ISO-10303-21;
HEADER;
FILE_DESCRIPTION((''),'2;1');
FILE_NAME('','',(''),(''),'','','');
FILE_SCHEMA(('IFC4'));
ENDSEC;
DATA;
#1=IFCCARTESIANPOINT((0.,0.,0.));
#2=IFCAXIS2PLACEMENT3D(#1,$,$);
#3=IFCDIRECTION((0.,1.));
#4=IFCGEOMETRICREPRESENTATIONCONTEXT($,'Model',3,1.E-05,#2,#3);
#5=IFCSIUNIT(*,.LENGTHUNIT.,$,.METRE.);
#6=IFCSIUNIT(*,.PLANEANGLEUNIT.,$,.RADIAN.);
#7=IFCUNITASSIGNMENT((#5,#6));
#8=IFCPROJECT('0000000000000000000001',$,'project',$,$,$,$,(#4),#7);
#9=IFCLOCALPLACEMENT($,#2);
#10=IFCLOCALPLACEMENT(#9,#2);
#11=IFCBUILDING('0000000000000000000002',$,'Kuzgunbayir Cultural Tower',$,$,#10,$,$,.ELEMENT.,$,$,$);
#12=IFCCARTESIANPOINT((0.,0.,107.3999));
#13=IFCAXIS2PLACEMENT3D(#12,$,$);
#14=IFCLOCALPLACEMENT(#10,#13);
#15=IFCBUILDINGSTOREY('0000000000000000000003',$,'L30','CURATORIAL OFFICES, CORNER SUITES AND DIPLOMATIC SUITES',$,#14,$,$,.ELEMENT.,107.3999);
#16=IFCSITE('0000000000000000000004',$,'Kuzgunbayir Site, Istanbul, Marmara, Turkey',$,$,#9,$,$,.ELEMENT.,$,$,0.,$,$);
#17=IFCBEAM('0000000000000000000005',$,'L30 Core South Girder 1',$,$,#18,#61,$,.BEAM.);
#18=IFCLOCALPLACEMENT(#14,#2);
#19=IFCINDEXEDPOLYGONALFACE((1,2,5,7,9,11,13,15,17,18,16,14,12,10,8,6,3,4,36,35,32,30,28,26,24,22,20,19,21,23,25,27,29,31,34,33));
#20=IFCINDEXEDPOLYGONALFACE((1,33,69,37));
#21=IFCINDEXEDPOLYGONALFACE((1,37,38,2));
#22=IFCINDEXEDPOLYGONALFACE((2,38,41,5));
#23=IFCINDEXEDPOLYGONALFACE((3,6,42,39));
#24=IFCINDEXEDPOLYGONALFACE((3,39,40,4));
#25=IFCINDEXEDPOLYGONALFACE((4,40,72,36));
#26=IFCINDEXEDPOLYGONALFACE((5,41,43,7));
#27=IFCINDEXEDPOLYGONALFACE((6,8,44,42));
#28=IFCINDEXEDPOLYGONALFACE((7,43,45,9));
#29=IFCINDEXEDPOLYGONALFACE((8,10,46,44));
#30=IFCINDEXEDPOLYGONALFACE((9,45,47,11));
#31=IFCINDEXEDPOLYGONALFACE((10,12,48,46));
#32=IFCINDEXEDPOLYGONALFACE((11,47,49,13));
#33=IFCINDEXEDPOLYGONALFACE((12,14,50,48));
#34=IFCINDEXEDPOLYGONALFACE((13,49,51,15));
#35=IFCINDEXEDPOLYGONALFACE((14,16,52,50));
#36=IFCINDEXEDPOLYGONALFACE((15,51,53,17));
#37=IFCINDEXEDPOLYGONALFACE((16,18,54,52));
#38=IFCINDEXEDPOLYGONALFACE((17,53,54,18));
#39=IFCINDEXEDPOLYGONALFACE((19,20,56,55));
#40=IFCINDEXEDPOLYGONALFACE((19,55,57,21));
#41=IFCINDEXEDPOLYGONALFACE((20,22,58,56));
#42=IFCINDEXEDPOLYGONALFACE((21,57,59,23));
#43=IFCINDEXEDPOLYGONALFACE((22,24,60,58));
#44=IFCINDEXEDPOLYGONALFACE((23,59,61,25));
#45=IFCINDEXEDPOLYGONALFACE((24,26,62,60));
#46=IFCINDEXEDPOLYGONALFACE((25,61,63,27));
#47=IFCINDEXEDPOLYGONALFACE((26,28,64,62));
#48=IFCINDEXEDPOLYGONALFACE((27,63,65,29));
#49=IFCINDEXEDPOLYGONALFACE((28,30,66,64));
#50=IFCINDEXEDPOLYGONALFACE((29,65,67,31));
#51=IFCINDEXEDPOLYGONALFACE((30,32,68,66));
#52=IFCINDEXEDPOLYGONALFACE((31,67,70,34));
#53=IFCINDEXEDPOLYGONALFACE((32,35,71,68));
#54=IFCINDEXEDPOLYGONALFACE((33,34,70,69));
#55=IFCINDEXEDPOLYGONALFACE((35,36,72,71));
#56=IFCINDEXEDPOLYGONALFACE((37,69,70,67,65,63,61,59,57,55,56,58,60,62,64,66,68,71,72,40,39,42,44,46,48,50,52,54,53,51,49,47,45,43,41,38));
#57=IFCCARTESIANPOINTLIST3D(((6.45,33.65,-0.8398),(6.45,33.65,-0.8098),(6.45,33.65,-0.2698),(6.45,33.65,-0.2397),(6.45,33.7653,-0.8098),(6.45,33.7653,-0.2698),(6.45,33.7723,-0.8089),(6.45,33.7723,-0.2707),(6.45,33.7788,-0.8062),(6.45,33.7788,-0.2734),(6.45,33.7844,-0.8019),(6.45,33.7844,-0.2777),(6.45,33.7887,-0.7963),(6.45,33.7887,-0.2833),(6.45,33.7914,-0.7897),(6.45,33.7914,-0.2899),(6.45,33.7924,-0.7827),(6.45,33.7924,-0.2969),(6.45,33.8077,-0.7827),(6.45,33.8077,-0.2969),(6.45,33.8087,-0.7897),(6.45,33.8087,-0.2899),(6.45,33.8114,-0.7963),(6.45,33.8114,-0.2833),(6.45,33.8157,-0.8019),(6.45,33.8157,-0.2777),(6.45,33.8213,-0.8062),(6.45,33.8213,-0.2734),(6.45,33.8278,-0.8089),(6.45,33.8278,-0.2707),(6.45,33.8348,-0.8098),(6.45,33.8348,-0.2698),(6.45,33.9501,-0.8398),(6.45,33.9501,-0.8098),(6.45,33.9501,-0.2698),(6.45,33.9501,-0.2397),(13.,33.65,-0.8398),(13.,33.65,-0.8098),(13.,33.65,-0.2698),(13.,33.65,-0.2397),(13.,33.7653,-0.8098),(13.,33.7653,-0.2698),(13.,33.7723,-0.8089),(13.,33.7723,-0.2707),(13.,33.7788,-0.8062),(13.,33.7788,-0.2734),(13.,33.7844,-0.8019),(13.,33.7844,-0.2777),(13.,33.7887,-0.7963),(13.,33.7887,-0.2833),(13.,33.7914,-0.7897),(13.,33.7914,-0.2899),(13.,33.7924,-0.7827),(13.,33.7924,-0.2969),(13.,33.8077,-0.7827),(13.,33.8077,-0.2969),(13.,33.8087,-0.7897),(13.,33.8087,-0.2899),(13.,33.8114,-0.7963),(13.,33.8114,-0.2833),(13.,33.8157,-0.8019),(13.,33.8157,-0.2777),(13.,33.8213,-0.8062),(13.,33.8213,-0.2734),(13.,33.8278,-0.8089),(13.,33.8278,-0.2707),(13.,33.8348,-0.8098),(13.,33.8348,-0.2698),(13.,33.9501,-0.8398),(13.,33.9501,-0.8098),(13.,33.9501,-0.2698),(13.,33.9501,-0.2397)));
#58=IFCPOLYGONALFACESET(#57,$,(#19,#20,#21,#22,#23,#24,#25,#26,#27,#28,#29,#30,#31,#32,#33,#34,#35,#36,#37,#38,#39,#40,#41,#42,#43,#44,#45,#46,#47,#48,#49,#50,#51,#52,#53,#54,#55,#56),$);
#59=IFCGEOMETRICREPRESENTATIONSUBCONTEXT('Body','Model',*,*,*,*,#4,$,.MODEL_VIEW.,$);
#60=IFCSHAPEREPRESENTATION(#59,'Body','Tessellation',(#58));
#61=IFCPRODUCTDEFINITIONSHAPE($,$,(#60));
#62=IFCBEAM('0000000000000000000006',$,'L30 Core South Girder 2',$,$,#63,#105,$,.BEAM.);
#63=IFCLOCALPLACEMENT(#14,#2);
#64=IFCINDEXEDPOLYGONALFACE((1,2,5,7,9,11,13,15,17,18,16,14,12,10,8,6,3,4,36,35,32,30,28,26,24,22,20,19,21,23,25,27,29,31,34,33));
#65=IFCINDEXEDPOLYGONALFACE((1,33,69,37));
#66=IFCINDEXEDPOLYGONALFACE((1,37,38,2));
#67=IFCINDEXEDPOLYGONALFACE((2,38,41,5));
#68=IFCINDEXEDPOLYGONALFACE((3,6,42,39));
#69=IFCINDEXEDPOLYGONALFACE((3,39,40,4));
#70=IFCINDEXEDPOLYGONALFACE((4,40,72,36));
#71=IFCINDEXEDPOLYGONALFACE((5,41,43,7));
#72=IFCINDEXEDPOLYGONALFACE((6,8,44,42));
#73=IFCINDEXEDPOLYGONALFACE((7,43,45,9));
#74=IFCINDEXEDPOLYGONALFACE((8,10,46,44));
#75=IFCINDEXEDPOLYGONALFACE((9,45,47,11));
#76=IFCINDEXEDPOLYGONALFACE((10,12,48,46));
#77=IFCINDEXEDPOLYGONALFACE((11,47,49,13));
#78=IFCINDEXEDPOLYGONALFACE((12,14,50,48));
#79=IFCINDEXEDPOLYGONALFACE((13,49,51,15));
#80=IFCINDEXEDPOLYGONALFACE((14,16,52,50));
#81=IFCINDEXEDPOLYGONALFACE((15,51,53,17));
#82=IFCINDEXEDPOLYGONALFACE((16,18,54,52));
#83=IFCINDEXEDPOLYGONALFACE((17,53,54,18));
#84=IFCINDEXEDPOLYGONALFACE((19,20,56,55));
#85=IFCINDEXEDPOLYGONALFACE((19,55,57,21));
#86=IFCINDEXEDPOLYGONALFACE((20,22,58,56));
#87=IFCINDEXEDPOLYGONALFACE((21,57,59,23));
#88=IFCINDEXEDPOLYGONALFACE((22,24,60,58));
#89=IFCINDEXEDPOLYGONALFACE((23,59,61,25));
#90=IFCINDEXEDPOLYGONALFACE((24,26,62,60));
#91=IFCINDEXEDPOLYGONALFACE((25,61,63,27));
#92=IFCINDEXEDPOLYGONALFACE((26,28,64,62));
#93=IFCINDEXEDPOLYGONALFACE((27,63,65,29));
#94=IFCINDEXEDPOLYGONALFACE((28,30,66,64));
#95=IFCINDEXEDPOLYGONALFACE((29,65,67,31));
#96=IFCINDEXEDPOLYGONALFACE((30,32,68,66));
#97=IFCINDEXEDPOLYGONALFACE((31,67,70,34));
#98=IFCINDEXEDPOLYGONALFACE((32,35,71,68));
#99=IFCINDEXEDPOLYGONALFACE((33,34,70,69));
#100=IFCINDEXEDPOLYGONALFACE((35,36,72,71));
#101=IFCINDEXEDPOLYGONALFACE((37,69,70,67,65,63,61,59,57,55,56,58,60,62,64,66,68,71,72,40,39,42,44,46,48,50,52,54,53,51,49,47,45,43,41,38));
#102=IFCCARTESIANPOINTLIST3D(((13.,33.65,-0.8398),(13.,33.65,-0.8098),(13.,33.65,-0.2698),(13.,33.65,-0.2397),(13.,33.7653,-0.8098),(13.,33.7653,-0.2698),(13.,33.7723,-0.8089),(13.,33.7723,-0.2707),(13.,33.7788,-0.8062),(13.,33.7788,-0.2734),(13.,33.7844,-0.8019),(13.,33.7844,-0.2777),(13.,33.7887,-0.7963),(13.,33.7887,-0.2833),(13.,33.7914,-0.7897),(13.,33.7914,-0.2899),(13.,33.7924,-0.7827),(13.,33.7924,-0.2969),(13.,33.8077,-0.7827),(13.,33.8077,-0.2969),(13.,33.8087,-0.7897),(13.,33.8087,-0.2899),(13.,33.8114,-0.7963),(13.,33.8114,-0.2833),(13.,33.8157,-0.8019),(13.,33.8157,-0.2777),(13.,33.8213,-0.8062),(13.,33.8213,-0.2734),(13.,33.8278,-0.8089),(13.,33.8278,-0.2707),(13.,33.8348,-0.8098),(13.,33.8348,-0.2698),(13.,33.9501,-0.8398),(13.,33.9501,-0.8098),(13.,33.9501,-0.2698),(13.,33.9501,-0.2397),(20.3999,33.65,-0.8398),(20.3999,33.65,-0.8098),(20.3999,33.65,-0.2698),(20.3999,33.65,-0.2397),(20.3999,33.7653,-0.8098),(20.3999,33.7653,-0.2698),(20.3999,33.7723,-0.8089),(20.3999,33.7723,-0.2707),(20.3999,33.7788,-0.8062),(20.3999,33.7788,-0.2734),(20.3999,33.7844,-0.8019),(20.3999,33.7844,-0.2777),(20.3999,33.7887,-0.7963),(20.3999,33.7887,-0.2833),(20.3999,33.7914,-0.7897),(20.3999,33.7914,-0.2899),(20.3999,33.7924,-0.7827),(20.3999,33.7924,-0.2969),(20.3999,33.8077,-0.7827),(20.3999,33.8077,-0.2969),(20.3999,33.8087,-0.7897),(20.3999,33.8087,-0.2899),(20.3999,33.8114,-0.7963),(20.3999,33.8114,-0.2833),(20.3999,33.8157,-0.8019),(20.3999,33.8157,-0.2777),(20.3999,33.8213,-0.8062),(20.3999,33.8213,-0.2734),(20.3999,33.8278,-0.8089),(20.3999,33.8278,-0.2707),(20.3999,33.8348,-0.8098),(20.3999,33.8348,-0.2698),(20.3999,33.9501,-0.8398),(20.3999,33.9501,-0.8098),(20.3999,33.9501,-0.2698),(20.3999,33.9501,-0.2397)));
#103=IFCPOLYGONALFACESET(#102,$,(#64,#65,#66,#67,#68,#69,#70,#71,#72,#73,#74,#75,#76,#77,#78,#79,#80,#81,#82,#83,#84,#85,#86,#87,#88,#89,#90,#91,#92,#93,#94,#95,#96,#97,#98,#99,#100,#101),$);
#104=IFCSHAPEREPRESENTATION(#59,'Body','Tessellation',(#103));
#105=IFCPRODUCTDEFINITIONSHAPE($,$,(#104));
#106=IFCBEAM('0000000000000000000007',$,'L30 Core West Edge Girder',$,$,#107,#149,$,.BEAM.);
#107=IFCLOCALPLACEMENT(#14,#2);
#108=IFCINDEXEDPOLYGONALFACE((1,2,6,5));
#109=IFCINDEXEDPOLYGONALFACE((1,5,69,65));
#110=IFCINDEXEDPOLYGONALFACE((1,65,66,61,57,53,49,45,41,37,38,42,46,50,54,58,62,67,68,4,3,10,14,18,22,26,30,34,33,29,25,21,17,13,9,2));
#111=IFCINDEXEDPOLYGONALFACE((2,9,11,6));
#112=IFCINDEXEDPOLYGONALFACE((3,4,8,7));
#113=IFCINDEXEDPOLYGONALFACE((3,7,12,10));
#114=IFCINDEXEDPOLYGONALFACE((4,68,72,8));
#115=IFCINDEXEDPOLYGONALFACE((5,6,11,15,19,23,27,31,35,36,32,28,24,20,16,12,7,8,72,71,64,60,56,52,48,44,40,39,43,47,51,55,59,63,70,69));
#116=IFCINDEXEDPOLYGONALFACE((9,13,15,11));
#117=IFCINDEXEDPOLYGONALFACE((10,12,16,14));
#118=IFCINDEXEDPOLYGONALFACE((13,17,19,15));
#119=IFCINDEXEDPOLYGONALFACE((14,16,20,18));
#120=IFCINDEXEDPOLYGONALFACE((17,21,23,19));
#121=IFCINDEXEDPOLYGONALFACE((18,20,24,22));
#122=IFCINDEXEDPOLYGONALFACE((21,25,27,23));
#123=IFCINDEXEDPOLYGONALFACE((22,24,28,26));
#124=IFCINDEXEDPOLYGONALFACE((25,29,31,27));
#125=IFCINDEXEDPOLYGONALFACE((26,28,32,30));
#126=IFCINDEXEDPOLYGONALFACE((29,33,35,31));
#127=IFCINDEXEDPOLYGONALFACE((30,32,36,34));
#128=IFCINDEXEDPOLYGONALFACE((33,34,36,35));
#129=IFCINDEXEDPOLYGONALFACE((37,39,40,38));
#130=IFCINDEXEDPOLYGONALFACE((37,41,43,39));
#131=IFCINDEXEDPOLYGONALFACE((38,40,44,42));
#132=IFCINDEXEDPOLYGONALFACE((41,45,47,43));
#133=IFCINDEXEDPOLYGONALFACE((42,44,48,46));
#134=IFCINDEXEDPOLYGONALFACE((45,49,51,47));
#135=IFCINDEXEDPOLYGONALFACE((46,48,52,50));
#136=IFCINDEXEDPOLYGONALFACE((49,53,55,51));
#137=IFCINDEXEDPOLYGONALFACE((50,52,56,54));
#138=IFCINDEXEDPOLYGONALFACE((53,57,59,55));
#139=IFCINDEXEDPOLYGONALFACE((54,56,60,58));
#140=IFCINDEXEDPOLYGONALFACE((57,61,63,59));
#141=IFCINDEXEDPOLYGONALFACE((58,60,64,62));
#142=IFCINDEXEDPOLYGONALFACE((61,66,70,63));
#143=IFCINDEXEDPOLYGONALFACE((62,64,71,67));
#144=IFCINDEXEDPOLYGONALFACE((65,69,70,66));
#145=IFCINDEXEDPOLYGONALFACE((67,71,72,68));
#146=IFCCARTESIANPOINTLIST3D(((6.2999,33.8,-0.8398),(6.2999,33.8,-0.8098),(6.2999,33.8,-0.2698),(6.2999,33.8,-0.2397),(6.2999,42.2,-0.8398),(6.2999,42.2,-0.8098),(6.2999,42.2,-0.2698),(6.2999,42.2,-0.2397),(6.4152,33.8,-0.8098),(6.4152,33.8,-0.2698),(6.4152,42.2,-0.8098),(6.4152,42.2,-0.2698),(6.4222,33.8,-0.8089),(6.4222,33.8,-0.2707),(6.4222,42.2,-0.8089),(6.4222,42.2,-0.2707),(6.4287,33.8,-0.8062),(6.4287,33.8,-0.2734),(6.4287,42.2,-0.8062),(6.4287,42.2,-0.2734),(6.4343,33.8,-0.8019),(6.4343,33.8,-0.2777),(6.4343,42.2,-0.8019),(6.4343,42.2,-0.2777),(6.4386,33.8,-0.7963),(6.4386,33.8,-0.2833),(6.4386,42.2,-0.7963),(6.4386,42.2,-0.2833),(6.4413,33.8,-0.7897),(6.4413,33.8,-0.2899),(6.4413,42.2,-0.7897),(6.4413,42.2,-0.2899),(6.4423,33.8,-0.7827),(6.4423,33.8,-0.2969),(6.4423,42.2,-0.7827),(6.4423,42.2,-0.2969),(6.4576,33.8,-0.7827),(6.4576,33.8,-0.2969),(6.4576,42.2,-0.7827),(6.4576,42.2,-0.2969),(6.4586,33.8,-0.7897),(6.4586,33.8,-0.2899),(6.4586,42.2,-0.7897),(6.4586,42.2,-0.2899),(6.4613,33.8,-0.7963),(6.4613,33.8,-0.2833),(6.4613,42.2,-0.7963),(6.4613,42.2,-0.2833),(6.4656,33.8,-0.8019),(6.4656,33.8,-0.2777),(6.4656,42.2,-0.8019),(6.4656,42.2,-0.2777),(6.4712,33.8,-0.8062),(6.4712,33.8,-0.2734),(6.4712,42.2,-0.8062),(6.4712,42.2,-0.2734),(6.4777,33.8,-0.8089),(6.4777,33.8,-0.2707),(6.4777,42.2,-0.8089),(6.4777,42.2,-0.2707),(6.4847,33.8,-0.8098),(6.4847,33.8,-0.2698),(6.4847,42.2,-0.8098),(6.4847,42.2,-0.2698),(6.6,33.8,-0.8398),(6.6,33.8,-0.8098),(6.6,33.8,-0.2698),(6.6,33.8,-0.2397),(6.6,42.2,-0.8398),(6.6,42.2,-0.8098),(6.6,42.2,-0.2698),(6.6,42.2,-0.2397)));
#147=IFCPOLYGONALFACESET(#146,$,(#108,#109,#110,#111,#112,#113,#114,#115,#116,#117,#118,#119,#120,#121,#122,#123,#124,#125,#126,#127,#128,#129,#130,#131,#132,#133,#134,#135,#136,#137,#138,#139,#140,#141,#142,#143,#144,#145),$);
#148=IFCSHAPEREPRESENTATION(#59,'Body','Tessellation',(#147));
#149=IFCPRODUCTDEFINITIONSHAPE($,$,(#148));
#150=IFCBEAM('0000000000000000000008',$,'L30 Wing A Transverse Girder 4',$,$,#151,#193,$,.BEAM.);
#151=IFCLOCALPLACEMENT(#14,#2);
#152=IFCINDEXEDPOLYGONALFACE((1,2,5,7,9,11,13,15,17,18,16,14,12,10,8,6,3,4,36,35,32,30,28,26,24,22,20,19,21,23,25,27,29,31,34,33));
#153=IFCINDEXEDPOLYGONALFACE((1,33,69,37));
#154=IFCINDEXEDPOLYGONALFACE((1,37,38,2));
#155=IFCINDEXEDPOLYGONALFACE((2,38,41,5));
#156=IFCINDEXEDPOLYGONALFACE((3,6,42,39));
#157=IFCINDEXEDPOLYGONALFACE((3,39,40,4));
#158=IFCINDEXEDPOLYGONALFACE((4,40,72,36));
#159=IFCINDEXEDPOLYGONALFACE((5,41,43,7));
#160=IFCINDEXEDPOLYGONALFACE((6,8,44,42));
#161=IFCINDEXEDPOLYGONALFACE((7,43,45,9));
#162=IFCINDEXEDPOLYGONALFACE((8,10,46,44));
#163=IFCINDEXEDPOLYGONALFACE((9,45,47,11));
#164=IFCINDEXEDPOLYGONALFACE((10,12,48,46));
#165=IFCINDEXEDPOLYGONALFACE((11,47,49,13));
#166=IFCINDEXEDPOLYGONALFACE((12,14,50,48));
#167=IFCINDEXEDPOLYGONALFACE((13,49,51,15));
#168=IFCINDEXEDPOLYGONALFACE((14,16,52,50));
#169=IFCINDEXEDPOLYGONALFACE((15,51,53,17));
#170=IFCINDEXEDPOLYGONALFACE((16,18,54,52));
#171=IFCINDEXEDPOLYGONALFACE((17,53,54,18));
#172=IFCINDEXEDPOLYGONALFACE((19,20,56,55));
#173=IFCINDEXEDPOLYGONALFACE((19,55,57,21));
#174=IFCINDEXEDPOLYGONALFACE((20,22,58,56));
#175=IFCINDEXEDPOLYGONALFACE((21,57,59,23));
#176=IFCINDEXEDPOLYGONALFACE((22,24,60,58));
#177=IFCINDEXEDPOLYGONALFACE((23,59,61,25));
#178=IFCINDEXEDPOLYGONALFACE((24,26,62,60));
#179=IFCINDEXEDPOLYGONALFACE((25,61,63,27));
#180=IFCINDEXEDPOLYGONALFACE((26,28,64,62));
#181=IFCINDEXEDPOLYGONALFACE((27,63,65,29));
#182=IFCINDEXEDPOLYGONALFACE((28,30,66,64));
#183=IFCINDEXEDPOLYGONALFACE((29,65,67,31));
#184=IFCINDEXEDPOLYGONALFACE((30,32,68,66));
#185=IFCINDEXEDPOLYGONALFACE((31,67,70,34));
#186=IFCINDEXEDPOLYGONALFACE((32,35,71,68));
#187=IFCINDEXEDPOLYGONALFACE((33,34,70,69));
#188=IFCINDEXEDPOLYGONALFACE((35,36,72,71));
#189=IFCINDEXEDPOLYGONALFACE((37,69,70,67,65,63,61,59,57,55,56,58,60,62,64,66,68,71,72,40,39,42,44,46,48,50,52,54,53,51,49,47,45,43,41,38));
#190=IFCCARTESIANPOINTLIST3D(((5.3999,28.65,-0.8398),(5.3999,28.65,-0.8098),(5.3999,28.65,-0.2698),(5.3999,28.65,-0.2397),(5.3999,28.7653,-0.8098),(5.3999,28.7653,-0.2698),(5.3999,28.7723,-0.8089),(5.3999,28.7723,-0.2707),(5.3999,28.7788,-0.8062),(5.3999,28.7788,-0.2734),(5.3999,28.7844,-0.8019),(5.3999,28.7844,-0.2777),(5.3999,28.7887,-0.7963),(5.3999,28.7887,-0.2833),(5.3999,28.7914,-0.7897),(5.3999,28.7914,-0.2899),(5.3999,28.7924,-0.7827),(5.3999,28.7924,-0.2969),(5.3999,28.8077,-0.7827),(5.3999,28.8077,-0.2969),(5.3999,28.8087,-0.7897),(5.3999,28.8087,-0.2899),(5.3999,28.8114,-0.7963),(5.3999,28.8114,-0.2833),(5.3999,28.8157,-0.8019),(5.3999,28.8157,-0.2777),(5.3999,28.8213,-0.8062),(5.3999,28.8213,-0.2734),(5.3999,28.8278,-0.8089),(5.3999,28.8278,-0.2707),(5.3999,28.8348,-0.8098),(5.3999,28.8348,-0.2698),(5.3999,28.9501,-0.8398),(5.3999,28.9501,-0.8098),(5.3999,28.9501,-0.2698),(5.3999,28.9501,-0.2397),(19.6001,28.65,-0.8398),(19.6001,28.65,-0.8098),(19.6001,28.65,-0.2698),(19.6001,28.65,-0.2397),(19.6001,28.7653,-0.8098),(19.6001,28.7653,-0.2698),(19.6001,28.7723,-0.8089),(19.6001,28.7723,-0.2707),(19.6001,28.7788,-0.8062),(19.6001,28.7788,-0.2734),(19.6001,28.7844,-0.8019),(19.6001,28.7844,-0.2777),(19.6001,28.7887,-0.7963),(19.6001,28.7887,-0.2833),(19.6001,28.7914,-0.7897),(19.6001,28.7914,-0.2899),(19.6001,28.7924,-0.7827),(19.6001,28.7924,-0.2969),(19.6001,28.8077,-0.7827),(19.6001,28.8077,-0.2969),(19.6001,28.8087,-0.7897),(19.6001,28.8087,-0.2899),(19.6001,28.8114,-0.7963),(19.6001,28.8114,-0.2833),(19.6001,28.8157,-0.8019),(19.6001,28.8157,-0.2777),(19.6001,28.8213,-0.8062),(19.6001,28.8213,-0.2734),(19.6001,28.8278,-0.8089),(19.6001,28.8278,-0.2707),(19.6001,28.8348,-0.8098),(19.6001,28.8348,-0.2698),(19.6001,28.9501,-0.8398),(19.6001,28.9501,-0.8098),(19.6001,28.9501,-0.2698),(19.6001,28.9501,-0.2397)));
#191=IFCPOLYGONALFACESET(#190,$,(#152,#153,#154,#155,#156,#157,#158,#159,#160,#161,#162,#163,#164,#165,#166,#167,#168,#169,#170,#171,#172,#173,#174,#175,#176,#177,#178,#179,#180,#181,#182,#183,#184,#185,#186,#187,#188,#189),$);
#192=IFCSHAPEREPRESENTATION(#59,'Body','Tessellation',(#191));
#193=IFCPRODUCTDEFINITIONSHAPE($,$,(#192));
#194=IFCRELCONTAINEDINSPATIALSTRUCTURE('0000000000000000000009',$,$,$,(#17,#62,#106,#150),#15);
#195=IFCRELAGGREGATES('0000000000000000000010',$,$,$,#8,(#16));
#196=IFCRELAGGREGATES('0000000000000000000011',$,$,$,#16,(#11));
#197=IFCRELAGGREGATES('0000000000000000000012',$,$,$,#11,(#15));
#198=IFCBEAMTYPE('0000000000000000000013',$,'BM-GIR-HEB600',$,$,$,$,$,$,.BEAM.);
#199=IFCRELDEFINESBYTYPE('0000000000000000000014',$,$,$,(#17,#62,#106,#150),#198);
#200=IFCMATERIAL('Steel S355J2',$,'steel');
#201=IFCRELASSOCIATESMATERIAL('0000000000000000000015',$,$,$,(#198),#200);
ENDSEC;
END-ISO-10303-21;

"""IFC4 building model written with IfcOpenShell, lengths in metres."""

from ifc_helpers import new_model, si_unit, direction, frame, origin, origin_2d, place, context, subcontext, project, spatial, i_section, extrude, material, material_profile, profile_set, type_object, element, save


model = new_model("IFC4")

# Units and contexts
model_context = context("Model", 3, precision=1e-05, world=origin(), true_north=direction((0.0, 1.0)))
body_context = subcontext(model_context, "Body", "Model", "MODEL_VIEW")
ifc_project = project(units=[si_unit("LENGTHUNIT", "METRE"), si_unit("PLANEANGLEUNIT", "RADIAN")], contexts=[model_context])

# Site, building, storey
site_placement = place(None, origin())
site = spatial("IfcSite", under=ifc_project, at=site_placement, Name="Kuzgunbayir Site, Istanbul, Marmara, Turkey", CompositionType="ELEMENT", RefElevation=0.0)
building_placement = place(site_placement, origin())
building = spatial("IfcBuilding", under=site, at=building_placement, Name="Kuzgunbayir Cultural Tower", CompositionType="ELEMENT")
storey_placement = place(building_placement, frame((0.0, 0.0, 107.3999)))
storey = spatial("IfcBuildingStorey", under=building, at=storey_placement, Name="L30", Description="CURATORIAL OFFICES, CORNER SUITES AND DIPLOMATIC SUITES", CompositionType="ELEMENT", Elevation=107.3999)

# Beams
ifc_material_1 = material(Name="Steel S355J2", Category="steel")
ifc_material_profile_1 = material_profile(ifc_material_1, i_section(OverallWidth=0.3, OverallDepth=0.6001, WebThickness=0.0154, FlangeThickness=0.03, FilletRadius=0.0271, at=origin_2d()), Name="HEB 600")
ifc_profile_set_1 = profile_set([ifc_material_profile_1], Name="Steel S355J2")
beam_type_1 = type_object("IfcBeamType", Name="BM-GIR-HEB600", PredefinedType="BEAM", material=ifc_profile_set_1)
beam_1_placement = place(storey_placement, frame((6.45, 33.8, -0.5398), z_axis=(1.0, 0.0, 0.0), x_axis=(0.0, 1.0, 0.0)))
element("IfcBeam", 1, at=beam_1_placement, inside=storey, type_object=beam_type_1, Name="L30 Core South Girder 1", PredefinedType="BEAM", context=body_context, shape_type="SweptSolid", body=[
    extrude(i_section(OverallWidth=0.3, OverallDepth=0.6001, WebThickness=0.0154, FlangeThickness=0.03, FilletRadius=0.0271, at=origin_2d()), origin(), (0.0, 0.0, 1.0), 6.55),
])
beam_2_placement = place(storey_placement, frame((13.0, 33.8, -0.5398), z_axis=(1.0, 0.0, 0.0), x_axis=(0.0, 1.0, 0.0)))
element("IfcBeam", 2, at=beam_2_placement, inside=storey, type_object=beam_type_1, Name="L30 Core South Girder 2", PredefinedType="BEAM", context=body_context, shape_type="SweptSolid", body=[
    extrude(i_section(OverallWidth=0.3, OverallDepth=0.6001, WebThickness=0.0154, FlangeThickness=0.03, FilletRadius=0.0271, at=origin_2d()), origin(), (0.0, 0.0, 1.0), 7.3999),
])
beam_3_placement = place(storey_placement, frame((6.45, 33.8, -0.5398), z_axis=(0.0, 1.0, 0.0), x_axis=(-1.0, 0.0, 0.0)))
element("IfcBeam", 3, at=beam_3_placement, inside=storey, type_object=beam_type_1, Name="L30 Core West Edge Girder", PredefinedType="BEAM", context=body_context, shape_type="SweptSolid", body=[
    extrude(i_section(OverallWidth=0.3, OverallDepth=0.6001, WebThickness=0.0154, FlangeThickness=0.03, FilletRadius=0.0271, at=origin_2d()), origin(), (0.0, 0.0, 1.0), 8.3999),
])
beam_4_placement = place(storey_placement, frame((5.3999, 28.8, -0.5398), z_axis=(1.0, 0.0, 0.0), x_axis=(0.0, 1.0, 0.0)))
element("IfcBeam", 4, at=beam_4_placement, inside=storey, type_object=beam_type_1, Name="L30 Wing A Transverse Girder 4", PredefinedType="BEAM", context=body_context, shape_type="SweptSolid", body=[
    extrude(i_section(OverallWidth=0.3, OverallDepth=0.6001, WebThickness=0.0154, FlangeThickness=0.03, FilletRadius=0.0271, at=origin_2d()), origin(), (0.0, 0.0, 1.0), 14.2002),
])

save(model, "model.ifc")
